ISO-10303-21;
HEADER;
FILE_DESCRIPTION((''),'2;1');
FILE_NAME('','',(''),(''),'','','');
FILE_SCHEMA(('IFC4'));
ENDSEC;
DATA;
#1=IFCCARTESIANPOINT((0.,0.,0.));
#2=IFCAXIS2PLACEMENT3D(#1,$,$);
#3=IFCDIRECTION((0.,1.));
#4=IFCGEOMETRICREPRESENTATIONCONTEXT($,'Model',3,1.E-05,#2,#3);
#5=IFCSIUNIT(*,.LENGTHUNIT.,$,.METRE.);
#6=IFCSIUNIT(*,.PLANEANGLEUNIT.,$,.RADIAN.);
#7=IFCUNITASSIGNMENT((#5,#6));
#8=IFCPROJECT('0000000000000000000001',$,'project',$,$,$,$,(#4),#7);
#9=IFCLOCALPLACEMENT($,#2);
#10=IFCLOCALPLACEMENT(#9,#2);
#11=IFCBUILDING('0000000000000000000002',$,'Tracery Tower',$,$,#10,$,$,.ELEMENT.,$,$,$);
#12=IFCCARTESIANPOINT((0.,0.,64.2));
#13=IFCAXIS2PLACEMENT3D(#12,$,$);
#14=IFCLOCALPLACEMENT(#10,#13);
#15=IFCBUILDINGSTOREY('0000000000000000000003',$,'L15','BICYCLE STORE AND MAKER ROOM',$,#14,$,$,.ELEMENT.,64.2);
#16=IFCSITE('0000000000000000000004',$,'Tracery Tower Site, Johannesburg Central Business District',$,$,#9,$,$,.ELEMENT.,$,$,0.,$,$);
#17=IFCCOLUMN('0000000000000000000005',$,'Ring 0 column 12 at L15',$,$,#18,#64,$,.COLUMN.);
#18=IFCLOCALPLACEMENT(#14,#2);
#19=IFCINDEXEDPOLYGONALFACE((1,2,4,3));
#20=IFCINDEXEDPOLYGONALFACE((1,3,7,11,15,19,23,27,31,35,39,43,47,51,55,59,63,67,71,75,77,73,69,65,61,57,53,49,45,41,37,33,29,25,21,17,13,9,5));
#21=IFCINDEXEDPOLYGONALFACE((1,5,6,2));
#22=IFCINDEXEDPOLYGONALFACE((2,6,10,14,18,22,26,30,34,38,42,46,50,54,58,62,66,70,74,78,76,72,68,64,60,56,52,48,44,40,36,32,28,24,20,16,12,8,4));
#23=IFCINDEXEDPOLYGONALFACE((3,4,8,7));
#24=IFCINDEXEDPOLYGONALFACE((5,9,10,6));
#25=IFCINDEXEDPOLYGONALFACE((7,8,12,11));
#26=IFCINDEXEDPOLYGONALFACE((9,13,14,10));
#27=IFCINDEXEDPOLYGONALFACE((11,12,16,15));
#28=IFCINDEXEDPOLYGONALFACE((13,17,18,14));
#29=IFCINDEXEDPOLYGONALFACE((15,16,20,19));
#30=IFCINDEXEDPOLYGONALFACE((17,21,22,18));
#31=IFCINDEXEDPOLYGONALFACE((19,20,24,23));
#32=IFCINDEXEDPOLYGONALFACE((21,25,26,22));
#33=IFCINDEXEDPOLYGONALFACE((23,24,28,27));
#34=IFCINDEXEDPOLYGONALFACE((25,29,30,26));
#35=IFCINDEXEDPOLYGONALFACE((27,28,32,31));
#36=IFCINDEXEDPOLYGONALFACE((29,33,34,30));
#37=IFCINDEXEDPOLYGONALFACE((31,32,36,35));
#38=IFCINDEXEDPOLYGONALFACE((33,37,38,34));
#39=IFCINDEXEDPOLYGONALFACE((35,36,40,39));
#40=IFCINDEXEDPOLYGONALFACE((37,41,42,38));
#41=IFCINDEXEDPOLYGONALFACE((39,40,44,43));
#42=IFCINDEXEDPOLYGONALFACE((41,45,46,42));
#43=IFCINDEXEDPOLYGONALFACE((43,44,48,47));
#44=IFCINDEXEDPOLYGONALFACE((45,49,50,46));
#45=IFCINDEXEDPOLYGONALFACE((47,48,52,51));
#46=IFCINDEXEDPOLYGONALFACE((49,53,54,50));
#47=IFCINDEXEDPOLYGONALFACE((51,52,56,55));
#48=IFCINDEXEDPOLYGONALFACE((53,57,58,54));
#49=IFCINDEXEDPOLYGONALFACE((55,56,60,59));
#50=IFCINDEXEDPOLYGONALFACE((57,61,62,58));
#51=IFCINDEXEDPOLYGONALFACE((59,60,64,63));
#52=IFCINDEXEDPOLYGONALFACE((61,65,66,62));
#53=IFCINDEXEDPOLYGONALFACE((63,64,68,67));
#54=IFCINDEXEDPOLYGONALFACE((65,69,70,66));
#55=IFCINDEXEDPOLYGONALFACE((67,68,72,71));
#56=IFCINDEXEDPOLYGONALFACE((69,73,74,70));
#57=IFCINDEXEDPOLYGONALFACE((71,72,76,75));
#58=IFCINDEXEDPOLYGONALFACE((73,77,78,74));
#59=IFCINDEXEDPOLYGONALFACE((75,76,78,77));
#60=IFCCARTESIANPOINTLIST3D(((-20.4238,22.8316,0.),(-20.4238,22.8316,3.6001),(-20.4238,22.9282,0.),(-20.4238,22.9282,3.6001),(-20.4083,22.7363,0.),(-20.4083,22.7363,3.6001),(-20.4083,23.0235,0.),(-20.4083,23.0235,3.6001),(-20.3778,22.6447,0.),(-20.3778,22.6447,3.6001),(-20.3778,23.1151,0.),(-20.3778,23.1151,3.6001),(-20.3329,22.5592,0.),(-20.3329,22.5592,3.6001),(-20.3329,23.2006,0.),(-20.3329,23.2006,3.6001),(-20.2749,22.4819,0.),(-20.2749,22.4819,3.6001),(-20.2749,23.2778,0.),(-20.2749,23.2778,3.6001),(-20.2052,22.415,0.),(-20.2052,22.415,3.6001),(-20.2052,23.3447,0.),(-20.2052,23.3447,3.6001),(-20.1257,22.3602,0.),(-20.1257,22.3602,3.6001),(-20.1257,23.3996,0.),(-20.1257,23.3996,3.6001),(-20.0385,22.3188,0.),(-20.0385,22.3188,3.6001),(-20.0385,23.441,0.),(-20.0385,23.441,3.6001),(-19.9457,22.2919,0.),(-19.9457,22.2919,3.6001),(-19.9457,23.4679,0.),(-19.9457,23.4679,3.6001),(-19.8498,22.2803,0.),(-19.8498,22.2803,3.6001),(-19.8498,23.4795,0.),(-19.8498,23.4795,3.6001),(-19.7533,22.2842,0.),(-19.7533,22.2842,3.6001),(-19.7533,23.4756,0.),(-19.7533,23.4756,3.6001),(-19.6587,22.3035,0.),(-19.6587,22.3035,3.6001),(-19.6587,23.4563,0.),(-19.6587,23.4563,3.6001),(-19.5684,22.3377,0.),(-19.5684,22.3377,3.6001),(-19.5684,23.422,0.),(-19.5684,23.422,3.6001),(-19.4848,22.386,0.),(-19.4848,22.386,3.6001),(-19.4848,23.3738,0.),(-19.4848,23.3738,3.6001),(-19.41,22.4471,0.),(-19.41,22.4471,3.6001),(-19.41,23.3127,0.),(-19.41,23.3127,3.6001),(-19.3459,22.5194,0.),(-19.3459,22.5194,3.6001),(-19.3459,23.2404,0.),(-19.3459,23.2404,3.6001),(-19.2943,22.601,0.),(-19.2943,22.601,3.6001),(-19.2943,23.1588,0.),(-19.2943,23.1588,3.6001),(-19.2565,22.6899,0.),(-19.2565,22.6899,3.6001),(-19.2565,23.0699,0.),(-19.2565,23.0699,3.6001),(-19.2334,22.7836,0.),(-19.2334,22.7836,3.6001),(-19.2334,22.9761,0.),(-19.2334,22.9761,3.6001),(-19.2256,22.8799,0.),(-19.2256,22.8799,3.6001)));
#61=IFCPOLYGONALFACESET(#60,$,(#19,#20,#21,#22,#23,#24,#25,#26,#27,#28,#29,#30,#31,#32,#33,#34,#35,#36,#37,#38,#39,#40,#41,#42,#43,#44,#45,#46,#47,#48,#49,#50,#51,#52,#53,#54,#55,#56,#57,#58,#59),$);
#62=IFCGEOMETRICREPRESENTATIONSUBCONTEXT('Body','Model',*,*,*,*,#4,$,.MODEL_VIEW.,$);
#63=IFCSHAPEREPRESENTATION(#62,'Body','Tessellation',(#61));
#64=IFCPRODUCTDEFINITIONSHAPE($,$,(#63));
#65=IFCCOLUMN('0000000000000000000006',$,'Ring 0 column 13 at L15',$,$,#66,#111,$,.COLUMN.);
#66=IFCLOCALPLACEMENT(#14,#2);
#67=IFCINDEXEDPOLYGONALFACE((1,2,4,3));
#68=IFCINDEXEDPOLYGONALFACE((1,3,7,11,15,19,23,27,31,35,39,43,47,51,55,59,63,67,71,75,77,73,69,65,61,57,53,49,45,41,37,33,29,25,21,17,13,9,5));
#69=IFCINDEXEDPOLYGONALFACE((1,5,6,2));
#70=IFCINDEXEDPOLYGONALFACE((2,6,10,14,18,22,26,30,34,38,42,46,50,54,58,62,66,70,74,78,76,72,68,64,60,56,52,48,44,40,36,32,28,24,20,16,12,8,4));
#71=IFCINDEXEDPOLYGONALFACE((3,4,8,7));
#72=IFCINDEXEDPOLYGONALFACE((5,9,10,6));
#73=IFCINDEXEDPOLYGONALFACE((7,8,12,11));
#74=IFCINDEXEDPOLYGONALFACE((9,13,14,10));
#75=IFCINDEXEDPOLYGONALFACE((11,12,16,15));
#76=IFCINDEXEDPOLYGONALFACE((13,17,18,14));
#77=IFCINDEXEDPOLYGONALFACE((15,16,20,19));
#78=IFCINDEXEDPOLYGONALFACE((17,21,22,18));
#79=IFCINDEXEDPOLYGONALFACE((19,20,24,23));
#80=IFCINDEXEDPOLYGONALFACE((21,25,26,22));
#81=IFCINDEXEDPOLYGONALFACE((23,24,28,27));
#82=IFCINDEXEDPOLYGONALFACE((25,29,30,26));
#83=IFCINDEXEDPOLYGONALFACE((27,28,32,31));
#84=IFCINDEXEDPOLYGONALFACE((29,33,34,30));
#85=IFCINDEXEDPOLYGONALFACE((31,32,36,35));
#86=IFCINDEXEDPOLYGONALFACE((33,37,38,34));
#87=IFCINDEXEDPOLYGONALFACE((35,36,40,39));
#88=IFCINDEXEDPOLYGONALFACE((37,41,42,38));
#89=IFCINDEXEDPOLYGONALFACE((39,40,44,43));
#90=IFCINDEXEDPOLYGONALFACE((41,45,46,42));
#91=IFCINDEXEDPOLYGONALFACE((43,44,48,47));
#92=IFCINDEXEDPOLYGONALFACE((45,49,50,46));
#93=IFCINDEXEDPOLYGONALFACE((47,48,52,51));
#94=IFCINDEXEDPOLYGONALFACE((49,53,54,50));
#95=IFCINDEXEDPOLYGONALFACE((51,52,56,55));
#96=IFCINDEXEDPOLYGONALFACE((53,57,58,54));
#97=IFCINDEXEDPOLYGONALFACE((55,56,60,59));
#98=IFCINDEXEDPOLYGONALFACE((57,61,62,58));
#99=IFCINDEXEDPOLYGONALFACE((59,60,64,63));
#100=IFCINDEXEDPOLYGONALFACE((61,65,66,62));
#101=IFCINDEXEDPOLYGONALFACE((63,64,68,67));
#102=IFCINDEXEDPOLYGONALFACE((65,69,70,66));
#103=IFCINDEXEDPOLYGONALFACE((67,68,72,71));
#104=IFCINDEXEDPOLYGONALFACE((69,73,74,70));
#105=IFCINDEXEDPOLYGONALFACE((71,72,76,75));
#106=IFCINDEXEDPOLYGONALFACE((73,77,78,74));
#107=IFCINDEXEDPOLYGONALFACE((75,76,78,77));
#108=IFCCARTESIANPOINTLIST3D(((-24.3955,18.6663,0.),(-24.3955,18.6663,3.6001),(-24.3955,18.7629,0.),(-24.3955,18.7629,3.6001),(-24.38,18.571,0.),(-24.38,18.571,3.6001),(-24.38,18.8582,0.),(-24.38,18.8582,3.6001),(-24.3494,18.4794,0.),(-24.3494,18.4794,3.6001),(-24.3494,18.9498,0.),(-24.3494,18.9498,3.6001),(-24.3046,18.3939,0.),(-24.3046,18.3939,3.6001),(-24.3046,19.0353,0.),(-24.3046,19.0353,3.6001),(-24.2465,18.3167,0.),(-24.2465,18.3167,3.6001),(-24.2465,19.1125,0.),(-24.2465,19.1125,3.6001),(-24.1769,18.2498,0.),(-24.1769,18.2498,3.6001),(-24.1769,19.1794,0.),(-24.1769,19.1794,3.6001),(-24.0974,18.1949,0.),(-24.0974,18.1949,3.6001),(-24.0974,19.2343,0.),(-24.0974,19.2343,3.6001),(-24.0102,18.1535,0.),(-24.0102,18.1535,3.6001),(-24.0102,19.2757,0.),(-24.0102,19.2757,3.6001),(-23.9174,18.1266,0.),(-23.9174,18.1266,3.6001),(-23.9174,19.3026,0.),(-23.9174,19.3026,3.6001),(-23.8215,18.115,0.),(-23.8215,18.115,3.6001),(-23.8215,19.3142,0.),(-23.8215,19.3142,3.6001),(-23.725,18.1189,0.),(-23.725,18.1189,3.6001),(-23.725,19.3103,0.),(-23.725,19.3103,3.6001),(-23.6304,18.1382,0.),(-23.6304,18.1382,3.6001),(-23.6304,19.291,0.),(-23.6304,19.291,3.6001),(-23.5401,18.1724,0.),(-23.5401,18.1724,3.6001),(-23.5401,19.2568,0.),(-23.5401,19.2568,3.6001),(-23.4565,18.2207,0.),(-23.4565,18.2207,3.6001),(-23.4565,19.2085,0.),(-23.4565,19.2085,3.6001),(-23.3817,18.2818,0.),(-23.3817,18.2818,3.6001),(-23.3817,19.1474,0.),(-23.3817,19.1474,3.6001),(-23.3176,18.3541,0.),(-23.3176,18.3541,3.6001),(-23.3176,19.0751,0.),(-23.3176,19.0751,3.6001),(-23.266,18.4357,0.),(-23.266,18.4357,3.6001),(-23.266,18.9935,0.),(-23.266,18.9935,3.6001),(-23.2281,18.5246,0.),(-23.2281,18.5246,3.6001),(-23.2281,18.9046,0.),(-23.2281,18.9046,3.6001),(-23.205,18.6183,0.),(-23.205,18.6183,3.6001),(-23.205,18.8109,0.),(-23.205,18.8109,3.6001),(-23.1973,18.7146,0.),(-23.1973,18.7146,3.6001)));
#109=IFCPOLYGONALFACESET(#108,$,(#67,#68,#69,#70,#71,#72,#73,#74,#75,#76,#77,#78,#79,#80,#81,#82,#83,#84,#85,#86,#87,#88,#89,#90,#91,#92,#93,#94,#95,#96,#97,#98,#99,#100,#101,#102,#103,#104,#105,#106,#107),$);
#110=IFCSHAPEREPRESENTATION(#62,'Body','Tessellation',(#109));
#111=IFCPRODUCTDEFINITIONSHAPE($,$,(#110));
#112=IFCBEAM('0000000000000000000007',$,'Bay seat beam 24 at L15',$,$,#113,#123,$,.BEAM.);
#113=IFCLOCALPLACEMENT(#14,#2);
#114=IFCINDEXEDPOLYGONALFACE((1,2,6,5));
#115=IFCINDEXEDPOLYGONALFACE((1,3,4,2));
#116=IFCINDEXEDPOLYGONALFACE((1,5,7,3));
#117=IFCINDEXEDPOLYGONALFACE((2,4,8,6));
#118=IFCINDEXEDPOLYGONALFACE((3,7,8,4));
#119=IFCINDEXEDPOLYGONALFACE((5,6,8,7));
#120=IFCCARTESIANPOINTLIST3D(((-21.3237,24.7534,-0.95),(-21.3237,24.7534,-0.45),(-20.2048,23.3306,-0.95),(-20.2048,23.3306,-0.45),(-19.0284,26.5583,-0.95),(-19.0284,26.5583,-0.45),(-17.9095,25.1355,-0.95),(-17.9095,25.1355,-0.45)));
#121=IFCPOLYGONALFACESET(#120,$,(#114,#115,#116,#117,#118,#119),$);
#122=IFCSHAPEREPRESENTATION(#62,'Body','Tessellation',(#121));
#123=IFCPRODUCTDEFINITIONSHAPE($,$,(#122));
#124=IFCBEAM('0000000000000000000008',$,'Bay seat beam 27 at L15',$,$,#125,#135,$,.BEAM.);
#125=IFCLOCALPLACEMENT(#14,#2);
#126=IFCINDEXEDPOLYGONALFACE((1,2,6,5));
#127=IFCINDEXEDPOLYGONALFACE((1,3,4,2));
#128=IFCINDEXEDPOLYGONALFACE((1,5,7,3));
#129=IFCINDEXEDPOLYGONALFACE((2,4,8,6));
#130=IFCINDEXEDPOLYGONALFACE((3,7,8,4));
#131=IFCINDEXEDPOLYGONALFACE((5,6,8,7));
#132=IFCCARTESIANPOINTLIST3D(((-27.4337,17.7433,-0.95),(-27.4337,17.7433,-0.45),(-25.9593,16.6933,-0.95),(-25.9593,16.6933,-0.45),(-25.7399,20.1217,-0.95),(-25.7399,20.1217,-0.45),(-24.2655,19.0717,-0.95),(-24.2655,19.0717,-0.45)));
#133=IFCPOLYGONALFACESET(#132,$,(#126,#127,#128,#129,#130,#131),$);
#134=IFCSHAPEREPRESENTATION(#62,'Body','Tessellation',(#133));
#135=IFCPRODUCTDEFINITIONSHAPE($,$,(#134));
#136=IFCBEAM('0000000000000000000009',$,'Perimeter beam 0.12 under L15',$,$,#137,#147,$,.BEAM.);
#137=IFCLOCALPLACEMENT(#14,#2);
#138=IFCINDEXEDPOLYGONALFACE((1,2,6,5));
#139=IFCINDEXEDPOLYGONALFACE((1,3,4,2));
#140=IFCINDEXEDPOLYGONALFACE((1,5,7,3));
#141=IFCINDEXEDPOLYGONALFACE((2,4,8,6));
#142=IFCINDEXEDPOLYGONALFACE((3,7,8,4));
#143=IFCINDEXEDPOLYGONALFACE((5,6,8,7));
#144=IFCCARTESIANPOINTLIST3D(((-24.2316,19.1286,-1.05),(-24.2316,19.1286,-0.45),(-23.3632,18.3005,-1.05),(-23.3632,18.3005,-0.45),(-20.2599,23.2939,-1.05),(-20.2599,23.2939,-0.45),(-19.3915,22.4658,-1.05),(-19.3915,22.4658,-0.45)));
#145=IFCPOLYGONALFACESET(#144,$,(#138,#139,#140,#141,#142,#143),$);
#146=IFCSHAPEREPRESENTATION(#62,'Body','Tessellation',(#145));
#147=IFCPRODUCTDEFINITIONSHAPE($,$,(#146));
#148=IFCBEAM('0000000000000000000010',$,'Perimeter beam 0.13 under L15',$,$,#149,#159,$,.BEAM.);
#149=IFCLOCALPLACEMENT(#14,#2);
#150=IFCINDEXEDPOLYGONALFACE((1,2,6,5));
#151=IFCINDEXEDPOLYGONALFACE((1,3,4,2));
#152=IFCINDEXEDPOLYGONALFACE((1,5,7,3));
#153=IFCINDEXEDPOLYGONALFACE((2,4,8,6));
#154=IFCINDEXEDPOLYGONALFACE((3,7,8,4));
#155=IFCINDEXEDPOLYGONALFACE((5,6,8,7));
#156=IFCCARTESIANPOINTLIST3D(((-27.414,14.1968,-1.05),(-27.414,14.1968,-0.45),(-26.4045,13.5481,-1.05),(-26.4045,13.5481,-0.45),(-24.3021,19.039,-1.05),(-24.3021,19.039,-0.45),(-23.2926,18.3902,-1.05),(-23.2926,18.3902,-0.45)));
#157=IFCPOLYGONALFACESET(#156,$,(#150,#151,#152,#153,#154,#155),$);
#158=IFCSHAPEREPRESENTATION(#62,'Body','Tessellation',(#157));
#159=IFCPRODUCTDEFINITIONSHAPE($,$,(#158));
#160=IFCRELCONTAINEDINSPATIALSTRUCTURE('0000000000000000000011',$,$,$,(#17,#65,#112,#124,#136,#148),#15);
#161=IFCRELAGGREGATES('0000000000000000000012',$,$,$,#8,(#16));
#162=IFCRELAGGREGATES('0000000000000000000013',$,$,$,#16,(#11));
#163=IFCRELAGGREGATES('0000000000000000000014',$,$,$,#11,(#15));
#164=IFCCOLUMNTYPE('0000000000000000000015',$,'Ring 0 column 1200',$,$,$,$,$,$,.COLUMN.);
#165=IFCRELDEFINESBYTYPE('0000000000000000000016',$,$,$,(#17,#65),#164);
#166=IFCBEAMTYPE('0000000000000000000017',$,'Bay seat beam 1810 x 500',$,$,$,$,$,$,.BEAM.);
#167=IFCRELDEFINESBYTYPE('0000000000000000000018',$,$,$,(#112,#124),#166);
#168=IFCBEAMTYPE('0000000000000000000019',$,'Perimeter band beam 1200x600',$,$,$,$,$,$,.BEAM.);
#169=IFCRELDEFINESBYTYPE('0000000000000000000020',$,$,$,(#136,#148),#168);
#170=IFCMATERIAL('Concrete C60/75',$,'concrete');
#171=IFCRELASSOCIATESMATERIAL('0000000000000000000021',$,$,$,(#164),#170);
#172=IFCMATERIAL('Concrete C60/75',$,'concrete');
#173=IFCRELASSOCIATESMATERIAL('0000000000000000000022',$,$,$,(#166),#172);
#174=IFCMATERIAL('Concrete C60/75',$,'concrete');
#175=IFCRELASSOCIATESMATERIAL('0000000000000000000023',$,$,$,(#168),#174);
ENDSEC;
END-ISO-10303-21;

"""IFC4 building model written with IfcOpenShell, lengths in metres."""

from ifc_helpers import new_model, si_unit, direction, frame, origin, origin_2d, place, context, subcontext, project, spatial, rectangle, circle, extrude, material, material_profile, profile_set, type_object, element, save


model = new_model("IFC4")

# Units and contexts
model_context = context("Model", 3, precision=1e-05, world=origin(), true_north=direction((0.0, 1.0)))
body_context = subcontext(model_context, "Body", "Model", "MODEL_VIEW")
ifc_project = project(units=[si_unit("LENGTHUNIT", "METRE"), si_unit("PLANEANGLEUNIT", "RADIAN")], contexts=[model_context])

# Site, building, storey
site_placement = place(None, origin())
site = spatial("IfcSite", under=ifc_project, at=site_placement, Name="Tracery Tower Site, Johannesburg Central Business District", CompositionType="ELEMENT", RefElevation=0.0)
building_placement = place(site_placement, origin())
building = spatial("IfcBuilding", under=site, at=building_placement, Name="Tracery Tower", CompositionType="ELEMENT")
storey_placement = place(building_placement, frame((0.0, 0.0, 64.2)))
storey = spatial("IfcBuildingStorey", under=building, at=storey_placement, Name="L15", Description="BICYCLE STORE AND MAKER ROOM", CompositionType="ELEMENT", Elevation=64.2)

# Columns
ifc_material_1 = material(Name="Concrete C60/75", Category="concrete")
ifc_material_profile_1 = material_profile(ifc_material_1, circle(Radius=0.6001, at=origin_2d()), Name="RC D1200")
ifc_profile_set_1 = profile_set([ifc_material_profile_1], Name="Concrete C60/75")
column_type = type_object("IfcColumnType", Name="Ring 0 column 1200", PredefinedType="COLUMN", material=ifc_profile_set_1)
for number, where, z_axis, x_axis, name in (
    (1, (-19.8257, 22.8799, 0.0), (0.0, 0.0, 1.0), (1.0, 0.0, 0.0), "Ring 0 column 12 at L15"),
    (2, (-23.7974, 18.7146, 0.0), (0.0, 0.0, 1.0), (1.0, 0.0, 0.0), "Ring 0 column 13 at L15"),
):
    element("IfcColumn", number, at=place(storey_placement, frame(where, z_axis=z_axis, x_axis=x_axis)), inside=storey, type_object=column_type, Name=name, PredefinedType="COLUMN", context=body_context, shape_type="SweptSolid", body=[
        extrude(circle(Radius=0.6001, at=origin_2d()), origin(), (0.0, 0.0, 1.0), 3.6001),
    ])

# Beams
ifc_material_2 = material(Name="Concrete C60/75", Category="concrete")
ifc_material_profile_2 = material_profile(ifc_material_2, rectangle(XDim=1.8101, YDim=0.5, at=origin_2d()), Name="RC 1810x500")
ifc_profile_set_2 = profile_set([ifc_material_profile_2], Name="Concrete C60/75")
beam_type_1 = type_object("IfcBeamType", Name="Bay seat beam 1810 x 500", PredefinedType="BEAM", material=ifc_profile_set_2)
for number, where, z_axis, x_axis, name in (
    (3, (-18.469, 25.8469, -0.7), (-0.786054, -0.618158, 0.0), (0.618158, -0.786054, 0.0), "Bay seat beam 24 at L15"),
    (4, (-25.0027, 19.5967, -0.7), (-0.580099, -0.814546, 0.0), (0.814546, -0.580099, 0.0), "Bay seat beam 27 at L15"),
):
    element("IfcBeam", number, at=place(storey_placement, frame(where, z_axis=z_axis, x_axis=x_axis)), inside=storey, type_object=beam_type_1, Name=name, PredefinedType="BEAM", context=body_context, shape_type="SweptSolid", body=[
        extrude(rectangle(XDim=1.8101, YDim=0.5, at=origin_2d()), origin(), (0.0, 0.0, 1.0), 2.9199),
    ])
ifc_material_3 = material(Name="Concrete C60/75", Category="concrete")
ifc_material_profile_3 = material_profile(ifc_material_3, rectangle(XDim=1.2, YDim=0.6001, at=origin_2d()), Name="RC 1200x600")
ifc_profile_set_3 = profile_set([ifc_material_profile_3], Name="Concrete C60/75")
beam_type_2 = type_object("IfcBeamType", Name="Perimeter band beam 1200x600", PredefinedType="BEAM", material=ifc_profile_set_3)
beam_1_placement = place(storey_placement, frame((-19.8257, 22.8799, -0.75), z_axis=(-0.690087, -0.723726, 0.0), x_axis=(0.723726, -0.690087, 0.0)))
element("IfcBeam", 5, at=beam_1_placement, inside=storey, type_object=beam_type_2, Name="Perimeter beam 0.12 under L15", PredefinedType="BEAM", context=body_context, shape_type="SweptSolid", body=[
    extrude(rectangle(XDim=1.2, YDim=0.6001, at=origin_2d()), origin(), (0.0, 0.0, 1.0), 5.7554),
])
beam_2_placement = place(storey_placement, frame((-23.7974, 18.7146, -0.75), z_axis=(-0.540644, -0.841252, 0.0), x_axis=(0.841252, -0.540644, 0.0)))
element("IfcBeam", 6, at=beam_2_placement, inside=storey, type_object=beam_type_2, Name="Perimeter beam 0.13 under L15", PredefinedType="BEAM", context=body_context, shape_type="SweptSolid", body=[
    extrude(rectangle(XDim=1.2, YDim=0.6001, at=origin_2d()), origin(), (0.0, 0.0, 1.0), 5.7559),
])

save(model, "model.ifc")
